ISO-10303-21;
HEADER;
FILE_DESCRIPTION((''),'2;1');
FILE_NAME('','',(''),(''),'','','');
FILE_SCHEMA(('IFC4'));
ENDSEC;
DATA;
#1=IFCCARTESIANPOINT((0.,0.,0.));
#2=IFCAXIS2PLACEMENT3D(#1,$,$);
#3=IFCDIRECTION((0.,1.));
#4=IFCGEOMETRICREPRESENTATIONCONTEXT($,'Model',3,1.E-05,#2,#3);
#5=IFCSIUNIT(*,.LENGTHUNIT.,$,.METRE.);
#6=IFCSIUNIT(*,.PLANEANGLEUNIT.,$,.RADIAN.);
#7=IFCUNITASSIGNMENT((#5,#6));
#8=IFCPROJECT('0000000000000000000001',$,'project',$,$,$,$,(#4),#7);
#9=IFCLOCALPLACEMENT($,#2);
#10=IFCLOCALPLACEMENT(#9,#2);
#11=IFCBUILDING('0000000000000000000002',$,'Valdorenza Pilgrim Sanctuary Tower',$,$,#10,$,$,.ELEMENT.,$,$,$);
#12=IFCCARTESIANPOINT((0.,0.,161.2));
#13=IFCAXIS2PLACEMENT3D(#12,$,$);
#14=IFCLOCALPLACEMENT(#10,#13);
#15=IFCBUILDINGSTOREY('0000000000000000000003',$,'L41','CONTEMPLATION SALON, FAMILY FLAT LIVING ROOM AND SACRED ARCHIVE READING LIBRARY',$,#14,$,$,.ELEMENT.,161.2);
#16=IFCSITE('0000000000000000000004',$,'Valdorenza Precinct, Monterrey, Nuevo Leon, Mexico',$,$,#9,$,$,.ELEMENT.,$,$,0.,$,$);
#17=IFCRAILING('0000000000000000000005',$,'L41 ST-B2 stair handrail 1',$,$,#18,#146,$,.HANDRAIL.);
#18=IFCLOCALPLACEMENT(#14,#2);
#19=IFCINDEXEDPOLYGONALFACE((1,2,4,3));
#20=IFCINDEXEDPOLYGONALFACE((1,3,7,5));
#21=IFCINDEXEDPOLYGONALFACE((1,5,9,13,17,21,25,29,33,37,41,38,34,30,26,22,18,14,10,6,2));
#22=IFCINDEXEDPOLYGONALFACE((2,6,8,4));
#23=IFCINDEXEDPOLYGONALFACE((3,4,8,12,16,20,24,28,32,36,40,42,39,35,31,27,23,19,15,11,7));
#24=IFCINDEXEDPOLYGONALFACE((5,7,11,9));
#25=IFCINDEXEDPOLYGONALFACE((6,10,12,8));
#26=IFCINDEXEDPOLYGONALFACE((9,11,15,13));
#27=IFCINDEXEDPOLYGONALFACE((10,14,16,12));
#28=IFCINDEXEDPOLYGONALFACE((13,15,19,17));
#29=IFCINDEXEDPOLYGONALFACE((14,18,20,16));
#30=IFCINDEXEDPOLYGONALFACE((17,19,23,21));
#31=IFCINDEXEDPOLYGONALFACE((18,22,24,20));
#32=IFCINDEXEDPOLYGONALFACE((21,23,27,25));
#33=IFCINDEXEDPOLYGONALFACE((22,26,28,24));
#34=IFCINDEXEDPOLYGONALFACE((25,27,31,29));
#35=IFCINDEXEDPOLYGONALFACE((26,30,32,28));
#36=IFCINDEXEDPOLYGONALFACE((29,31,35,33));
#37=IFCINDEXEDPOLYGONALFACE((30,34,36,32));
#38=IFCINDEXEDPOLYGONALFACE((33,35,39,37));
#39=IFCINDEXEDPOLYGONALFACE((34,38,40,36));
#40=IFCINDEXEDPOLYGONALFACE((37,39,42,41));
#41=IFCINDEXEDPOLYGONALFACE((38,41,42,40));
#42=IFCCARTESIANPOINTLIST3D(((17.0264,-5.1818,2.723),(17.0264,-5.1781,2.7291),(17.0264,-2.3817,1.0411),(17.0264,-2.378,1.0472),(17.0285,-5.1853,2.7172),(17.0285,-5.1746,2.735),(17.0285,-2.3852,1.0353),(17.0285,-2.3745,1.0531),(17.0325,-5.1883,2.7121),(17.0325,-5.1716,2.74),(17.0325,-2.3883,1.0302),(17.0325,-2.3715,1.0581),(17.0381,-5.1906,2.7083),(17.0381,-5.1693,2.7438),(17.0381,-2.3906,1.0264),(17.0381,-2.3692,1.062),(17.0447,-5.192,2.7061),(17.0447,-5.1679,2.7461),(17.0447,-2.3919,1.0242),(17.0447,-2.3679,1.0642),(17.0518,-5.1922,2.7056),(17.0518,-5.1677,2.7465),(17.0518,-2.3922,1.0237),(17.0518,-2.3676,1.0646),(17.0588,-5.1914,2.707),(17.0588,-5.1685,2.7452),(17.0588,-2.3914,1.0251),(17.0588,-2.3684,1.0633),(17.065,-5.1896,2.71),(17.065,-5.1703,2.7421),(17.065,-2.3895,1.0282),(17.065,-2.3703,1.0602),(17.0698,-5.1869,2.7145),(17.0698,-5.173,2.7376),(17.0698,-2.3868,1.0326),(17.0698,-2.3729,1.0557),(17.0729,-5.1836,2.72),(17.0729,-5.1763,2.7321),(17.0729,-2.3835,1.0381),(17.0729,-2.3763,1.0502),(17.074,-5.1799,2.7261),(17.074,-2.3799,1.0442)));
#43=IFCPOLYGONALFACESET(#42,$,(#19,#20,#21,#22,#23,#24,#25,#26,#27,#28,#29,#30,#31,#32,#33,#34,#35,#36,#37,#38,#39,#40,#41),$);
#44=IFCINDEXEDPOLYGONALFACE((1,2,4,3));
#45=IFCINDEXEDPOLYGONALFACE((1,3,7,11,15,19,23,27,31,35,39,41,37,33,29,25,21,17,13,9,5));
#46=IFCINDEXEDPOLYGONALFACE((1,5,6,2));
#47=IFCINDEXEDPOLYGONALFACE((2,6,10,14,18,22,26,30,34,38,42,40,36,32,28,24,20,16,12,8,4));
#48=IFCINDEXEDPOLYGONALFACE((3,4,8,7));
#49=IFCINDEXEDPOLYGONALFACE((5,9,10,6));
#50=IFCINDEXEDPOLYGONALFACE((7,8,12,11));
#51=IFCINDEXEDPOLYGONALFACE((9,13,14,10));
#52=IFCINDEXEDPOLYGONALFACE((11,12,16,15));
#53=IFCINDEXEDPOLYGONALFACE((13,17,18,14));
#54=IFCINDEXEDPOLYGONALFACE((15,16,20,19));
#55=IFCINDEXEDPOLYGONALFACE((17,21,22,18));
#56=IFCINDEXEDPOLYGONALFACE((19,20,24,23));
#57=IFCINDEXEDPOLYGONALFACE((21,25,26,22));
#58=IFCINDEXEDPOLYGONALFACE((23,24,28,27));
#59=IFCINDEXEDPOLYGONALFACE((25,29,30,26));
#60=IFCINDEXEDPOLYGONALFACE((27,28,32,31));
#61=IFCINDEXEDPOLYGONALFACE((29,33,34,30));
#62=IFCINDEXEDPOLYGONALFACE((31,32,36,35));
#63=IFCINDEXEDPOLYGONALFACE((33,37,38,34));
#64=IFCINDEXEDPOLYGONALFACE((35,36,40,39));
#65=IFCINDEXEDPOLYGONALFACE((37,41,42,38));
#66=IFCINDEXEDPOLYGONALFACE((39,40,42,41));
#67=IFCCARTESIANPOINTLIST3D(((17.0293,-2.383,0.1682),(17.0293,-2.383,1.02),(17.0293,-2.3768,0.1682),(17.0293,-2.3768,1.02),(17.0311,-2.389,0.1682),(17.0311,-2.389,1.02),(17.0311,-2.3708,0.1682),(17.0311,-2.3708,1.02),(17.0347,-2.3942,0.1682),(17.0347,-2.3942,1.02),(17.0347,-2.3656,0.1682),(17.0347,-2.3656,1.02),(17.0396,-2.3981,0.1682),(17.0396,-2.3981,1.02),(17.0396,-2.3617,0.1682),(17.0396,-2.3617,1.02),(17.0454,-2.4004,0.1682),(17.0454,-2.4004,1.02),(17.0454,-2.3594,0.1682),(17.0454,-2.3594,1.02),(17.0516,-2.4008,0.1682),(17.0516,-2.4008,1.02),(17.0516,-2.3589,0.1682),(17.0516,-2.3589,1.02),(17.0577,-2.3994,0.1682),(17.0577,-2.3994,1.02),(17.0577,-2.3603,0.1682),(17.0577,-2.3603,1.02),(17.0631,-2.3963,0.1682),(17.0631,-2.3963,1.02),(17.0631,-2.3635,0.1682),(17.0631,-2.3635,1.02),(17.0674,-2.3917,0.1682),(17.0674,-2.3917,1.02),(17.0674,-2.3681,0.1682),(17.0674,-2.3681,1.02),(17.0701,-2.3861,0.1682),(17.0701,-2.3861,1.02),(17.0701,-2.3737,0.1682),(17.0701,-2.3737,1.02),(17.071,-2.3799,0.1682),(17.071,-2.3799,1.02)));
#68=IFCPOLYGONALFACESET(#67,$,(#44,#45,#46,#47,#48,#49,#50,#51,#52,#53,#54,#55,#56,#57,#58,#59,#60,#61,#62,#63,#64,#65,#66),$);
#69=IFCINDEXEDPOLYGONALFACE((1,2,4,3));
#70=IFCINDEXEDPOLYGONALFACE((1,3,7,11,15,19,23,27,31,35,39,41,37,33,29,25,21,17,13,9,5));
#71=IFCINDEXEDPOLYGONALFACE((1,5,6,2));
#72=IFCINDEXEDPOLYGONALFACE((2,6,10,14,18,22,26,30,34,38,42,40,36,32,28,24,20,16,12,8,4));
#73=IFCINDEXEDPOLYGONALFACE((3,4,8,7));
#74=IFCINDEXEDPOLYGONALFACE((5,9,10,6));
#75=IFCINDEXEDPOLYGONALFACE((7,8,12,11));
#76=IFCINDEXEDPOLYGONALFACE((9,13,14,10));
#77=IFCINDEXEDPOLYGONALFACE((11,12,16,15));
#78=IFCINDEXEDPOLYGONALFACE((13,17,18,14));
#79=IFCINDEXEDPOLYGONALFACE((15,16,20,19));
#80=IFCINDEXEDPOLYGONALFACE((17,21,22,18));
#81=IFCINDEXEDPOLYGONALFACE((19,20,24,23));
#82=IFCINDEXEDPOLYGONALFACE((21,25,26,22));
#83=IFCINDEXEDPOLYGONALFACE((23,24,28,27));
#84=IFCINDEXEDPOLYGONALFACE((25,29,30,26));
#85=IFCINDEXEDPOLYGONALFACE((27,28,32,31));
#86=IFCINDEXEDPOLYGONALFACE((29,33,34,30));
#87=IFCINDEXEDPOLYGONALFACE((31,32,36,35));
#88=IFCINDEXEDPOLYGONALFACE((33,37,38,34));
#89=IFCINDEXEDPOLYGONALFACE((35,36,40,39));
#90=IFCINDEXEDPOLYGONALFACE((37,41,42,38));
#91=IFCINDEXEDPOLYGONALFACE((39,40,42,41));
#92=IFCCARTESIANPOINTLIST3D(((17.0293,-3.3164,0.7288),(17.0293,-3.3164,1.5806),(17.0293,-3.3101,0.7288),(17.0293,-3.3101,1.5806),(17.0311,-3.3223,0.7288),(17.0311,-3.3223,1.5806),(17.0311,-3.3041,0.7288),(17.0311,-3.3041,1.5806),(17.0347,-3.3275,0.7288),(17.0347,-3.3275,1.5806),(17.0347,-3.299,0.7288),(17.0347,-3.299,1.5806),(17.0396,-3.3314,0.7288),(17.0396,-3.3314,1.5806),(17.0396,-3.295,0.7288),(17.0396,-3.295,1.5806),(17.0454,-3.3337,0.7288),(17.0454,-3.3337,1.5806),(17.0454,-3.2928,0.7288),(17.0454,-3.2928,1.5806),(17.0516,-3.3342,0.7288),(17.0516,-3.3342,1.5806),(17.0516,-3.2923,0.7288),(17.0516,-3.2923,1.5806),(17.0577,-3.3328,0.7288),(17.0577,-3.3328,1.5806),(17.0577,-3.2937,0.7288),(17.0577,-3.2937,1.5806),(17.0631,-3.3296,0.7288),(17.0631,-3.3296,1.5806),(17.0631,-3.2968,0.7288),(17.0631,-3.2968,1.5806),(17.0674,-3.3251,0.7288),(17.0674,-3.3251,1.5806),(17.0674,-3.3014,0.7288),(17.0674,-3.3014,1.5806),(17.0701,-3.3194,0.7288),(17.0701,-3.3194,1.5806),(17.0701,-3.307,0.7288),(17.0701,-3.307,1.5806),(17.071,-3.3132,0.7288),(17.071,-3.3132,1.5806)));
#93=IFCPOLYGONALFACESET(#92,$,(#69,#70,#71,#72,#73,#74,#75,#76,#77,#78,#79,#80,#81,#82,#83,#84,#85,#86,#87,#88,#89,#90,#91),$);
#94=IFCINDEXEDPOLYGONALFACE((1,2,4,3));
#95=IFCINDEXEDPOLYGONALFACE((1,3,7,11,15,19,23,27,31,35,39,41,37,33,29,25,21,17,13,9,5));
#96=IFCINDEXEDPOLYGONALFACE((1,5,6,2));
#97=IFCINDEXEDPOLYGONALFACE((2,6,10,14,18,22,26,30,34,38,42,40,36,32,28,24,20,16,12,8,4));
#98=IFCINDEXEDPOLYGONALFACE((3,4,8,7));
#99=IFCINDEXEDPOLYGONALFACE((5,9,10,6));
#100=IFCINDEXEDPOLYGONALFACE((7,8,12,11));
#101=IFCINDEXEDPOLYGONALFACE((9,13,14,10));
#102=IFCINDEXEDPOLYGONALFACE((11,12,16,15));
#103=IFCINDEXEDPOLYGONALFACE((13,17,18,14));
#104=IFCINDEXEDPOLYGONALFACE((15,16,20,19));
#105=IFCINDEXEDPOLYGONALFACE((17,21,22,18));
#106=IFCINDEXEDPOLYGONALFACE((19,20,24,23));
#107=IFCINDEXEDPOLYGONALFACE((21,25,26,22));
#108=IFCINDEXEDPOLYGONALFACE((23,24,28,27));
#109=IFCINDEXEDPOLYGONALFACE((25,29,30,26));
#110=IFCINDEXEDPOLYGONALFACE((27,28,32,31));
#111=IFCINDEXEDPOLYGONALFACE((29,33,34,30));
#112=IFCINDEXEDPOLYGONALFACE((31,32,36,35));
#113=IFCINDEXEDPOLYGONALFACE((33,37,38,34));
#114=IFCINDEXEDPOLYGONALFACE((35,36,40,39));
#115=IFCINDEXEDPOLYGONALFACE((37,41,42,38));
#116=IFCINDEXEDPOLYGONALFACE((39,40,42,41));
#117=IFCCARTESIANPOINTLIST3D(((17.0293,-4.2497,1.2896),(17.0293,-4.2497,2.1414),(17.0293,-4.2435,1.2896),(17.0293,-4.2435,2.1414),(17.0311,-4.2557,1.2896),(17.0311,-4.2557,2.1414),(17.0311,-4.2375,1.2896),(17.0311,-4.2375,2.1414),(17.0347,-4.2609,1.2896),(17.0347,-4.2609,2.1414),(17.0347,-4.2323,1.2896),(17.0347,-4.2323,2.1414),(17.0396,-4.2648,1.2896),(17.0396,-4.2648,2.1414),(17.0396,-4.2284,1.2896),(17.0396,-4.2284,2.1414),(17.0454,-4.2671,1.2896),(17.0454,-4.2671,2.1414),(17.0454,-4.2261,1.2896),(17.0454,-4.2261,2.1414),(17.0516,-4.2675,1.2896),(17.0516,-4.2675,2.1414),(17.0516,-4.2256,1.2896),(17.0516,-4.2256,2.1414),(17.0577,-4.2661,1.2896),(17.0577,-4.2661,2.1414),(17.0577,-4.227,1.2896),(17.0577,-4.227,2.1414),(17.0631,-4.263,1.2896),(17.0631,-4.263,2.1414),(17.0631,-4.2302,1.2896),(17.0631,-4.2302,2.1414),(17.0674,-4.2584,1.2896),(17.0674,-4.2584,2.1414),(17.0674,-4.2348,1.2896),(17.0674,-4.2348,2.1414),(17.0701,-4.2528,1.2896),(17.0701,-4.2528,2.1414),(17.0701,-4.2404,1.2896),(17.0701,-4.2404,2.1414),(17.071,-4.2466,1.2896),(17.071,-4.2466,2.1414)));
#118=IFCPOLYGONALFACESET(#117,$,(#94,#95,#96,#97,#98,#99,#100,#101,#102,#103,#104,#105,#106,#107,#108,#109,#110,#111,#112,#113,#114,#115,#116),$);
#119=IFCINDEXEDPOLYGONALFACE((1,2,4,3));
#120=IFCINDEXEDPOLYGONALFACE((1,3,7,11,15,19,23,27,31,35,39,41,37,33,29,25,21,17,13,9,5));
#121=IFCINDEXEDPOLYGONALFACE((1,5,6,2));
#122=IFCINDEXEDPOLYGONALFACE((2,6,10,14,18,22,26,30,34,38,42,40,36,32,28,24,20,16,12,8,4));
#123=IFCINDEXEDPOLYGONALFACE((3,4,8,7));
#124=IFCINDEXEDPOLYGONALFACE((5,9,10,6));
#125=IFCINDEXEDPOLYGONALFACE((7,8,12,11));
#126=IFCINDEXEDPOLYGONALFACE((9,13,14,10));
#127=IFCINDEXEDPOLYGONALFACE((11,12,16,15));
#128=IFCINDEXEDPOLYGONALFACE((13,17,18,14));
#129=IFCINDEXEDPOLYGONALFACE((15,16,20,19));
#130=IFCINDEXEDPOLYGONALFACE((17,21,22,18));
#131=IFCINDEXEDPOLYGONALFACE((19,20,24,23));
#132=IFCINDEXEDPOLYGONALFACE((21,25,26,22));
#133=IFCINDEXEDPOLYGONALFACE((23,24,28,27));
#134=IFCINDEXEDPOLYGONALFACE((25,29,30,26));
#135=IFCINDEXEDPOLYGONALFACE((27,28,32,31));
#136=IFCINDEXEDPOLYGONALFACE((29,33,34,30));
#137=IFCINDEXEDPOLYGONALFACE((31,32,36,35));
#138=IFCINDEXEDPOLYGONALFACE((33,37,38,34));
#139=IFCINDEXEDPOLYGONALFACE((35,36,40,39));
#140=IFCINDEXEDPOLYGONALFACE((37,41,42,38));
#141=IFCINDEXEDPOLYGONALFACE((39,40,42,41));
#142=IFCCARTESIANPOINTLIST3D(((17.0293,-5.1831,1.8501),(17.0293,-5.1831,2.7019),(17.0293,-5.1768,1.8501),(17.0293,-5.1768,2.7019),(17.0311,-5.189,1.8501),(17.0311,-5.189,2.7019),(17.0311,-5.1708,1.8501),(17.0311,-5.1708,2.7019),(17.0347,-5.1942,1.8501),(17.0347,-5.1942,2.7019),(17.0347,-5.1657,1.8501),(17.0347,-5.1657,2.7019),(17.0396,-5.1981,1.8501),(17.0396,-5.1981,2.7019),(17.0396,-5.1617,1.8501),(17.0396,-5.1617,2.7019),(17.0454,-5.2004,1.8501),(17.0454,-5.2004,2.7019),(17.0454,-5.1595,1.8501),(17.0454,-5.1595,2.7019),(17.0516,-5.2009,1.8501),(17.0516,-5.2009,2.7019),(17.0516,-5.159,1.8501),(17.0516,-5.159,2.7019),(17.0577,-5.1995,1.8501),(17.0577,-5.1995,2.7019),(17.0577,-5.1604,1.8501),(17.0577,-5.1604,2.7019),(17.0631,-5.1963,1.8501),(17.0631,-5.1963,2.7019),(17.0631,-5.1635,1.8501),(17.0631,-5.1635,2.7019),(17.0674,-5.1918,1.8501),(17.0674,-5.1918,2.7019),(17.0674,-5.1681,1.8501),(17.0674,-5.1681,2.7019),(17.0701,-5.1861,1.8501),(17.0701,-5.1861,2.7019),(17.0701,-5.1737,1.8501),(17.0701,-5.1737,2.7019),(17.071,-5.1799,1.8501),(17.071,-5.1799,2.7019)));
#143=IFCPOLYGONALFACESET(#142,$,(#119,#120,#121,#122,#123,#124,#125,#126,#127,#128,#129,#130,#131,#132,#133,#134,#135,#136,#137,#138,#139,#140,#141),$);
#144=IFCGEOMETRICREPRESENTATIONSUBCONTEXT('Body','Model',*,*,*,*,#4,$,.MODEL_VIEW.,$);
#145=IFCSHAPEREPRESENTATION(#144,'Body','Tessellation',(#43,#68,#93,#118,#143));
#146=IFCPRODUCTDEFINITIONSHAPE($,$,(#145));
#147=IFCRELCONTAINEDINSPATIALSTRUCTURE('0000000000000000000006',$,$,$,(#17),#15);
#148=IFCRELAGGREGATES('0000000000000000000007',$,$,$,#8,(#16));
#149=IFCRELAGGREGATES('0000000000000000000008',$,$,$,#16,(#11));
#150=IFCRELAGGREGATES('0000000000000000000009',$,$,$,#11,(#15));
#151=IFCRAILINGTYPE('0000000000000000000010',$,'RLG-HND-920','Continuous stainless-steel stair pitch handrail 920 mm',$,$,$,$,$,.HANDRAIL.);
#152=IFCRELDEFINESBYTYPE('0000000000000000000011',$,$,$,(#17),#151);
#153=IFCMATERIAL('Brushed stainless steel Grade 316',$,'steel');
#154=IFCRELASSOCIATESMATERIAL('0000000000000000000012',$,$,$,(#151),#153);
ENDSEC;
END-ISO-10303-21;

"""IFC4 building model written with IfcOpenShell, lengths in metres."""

from ifc_helpers import new_model, si_unit, direction, frame, origin, origin_2d, place, context, subcontext, project, spatial, circle, extrude, material, type_object, element, save


model = new_model("IFC4")

# Units and contexts
model_context = context("Model", 3, precision=1e-05, world=origin(), true_north=direction((0.0, 1.0)))
body_context = subcontext(model_context, "Body", "Model", "MODEL_VIEW")
ifc_project = project(units=[si_unit("LENGTHUNIT", "METRE"), si_unit("PLANEANGLEUNIT", "RADIAN")], contexts=[model_context])

# Site, building, storey
site_placement = place(None, origin())
site = spatial("IfcSite", under=ifc_project, at=site_placement, Name="Valdorenza Precinct, Monterrey, Nuevo Leon, Mexico", CompositionType="ELEMENT", RefElevation=0.0)
building_placement = place(site_placement, origin())
building = spatial("IfcBuilding", under=site, at=building_placement, Name="Valdorenza Pilgrim Sanctuary Tower", CompositionType="ELEMENT")
storey_placement = place(building_placement, frame((0.0, 0.0, 161.2)))
storey = spatial("IfcBuildingStorey", under=building, at=storey_placement, Name="L41", Description="CONTEMPLATION SALON, FAMILY FLAT LIVING ROOM AND SACRED ARCHIVE READING LIBRARY", CompositionType="ELEMENT", Elevation=161.2)

# Railing
ifc_material_1 = material(Name="Brushed stainless steel Grade 316", Category="steel")
railing_type_1 = type_object("IfcRailingType", Name="RLG-HND-920", Description="Continuous stainless-steel stair pitch handrail 920 mm", PredefinedType="HANDRAIL", material=ifc_material_1)
railing_1_placement = place(storey_placement, frame((17.05, -2.3799, 0.1682)))
element("IfcRailing", 1, at=railing_1_placement, inside=storey, type_object=railing_type_1, Name="L41 ST-B2 stair handrail 1", PredefinedType="HANDRAIL", context=body_context, shape_type="SweptSolid", body=[
    extrude(circle(Radius=0.0239, at=origin_2d()), frame((0.0, 0.0, 0.876), z_axis=(0.0, -0.857242, 0.514913), x_axis=(1.0, 0.0, 0.0)), (0.0, 0.0, 1.0), 3.2664),
    extrude(circle(Radius=0.021, at=origin_2d()), origin(), (0.0, 0.0, 1.0), 0.8518),
    extrude(circle(Radius=0.021, at=origin_2d()), frame((0.0, -0.9333, 0.5605)), (0.0, 0.0, 1.0), 0.8518),
    extrude(circle(Radius=0.021, at=origin_2d()), frame((0.0, -1.8667, 1.1213)), (0.0, 0.0, 1.0), 0.8518),
    extrude(circle(Radius=0.021, at=origin_2d()), frame((0.0, -2.8, 1.6819)), (0.0, 0.0, 1.0), 0.8518),
])

save(model, "model.ifc")
